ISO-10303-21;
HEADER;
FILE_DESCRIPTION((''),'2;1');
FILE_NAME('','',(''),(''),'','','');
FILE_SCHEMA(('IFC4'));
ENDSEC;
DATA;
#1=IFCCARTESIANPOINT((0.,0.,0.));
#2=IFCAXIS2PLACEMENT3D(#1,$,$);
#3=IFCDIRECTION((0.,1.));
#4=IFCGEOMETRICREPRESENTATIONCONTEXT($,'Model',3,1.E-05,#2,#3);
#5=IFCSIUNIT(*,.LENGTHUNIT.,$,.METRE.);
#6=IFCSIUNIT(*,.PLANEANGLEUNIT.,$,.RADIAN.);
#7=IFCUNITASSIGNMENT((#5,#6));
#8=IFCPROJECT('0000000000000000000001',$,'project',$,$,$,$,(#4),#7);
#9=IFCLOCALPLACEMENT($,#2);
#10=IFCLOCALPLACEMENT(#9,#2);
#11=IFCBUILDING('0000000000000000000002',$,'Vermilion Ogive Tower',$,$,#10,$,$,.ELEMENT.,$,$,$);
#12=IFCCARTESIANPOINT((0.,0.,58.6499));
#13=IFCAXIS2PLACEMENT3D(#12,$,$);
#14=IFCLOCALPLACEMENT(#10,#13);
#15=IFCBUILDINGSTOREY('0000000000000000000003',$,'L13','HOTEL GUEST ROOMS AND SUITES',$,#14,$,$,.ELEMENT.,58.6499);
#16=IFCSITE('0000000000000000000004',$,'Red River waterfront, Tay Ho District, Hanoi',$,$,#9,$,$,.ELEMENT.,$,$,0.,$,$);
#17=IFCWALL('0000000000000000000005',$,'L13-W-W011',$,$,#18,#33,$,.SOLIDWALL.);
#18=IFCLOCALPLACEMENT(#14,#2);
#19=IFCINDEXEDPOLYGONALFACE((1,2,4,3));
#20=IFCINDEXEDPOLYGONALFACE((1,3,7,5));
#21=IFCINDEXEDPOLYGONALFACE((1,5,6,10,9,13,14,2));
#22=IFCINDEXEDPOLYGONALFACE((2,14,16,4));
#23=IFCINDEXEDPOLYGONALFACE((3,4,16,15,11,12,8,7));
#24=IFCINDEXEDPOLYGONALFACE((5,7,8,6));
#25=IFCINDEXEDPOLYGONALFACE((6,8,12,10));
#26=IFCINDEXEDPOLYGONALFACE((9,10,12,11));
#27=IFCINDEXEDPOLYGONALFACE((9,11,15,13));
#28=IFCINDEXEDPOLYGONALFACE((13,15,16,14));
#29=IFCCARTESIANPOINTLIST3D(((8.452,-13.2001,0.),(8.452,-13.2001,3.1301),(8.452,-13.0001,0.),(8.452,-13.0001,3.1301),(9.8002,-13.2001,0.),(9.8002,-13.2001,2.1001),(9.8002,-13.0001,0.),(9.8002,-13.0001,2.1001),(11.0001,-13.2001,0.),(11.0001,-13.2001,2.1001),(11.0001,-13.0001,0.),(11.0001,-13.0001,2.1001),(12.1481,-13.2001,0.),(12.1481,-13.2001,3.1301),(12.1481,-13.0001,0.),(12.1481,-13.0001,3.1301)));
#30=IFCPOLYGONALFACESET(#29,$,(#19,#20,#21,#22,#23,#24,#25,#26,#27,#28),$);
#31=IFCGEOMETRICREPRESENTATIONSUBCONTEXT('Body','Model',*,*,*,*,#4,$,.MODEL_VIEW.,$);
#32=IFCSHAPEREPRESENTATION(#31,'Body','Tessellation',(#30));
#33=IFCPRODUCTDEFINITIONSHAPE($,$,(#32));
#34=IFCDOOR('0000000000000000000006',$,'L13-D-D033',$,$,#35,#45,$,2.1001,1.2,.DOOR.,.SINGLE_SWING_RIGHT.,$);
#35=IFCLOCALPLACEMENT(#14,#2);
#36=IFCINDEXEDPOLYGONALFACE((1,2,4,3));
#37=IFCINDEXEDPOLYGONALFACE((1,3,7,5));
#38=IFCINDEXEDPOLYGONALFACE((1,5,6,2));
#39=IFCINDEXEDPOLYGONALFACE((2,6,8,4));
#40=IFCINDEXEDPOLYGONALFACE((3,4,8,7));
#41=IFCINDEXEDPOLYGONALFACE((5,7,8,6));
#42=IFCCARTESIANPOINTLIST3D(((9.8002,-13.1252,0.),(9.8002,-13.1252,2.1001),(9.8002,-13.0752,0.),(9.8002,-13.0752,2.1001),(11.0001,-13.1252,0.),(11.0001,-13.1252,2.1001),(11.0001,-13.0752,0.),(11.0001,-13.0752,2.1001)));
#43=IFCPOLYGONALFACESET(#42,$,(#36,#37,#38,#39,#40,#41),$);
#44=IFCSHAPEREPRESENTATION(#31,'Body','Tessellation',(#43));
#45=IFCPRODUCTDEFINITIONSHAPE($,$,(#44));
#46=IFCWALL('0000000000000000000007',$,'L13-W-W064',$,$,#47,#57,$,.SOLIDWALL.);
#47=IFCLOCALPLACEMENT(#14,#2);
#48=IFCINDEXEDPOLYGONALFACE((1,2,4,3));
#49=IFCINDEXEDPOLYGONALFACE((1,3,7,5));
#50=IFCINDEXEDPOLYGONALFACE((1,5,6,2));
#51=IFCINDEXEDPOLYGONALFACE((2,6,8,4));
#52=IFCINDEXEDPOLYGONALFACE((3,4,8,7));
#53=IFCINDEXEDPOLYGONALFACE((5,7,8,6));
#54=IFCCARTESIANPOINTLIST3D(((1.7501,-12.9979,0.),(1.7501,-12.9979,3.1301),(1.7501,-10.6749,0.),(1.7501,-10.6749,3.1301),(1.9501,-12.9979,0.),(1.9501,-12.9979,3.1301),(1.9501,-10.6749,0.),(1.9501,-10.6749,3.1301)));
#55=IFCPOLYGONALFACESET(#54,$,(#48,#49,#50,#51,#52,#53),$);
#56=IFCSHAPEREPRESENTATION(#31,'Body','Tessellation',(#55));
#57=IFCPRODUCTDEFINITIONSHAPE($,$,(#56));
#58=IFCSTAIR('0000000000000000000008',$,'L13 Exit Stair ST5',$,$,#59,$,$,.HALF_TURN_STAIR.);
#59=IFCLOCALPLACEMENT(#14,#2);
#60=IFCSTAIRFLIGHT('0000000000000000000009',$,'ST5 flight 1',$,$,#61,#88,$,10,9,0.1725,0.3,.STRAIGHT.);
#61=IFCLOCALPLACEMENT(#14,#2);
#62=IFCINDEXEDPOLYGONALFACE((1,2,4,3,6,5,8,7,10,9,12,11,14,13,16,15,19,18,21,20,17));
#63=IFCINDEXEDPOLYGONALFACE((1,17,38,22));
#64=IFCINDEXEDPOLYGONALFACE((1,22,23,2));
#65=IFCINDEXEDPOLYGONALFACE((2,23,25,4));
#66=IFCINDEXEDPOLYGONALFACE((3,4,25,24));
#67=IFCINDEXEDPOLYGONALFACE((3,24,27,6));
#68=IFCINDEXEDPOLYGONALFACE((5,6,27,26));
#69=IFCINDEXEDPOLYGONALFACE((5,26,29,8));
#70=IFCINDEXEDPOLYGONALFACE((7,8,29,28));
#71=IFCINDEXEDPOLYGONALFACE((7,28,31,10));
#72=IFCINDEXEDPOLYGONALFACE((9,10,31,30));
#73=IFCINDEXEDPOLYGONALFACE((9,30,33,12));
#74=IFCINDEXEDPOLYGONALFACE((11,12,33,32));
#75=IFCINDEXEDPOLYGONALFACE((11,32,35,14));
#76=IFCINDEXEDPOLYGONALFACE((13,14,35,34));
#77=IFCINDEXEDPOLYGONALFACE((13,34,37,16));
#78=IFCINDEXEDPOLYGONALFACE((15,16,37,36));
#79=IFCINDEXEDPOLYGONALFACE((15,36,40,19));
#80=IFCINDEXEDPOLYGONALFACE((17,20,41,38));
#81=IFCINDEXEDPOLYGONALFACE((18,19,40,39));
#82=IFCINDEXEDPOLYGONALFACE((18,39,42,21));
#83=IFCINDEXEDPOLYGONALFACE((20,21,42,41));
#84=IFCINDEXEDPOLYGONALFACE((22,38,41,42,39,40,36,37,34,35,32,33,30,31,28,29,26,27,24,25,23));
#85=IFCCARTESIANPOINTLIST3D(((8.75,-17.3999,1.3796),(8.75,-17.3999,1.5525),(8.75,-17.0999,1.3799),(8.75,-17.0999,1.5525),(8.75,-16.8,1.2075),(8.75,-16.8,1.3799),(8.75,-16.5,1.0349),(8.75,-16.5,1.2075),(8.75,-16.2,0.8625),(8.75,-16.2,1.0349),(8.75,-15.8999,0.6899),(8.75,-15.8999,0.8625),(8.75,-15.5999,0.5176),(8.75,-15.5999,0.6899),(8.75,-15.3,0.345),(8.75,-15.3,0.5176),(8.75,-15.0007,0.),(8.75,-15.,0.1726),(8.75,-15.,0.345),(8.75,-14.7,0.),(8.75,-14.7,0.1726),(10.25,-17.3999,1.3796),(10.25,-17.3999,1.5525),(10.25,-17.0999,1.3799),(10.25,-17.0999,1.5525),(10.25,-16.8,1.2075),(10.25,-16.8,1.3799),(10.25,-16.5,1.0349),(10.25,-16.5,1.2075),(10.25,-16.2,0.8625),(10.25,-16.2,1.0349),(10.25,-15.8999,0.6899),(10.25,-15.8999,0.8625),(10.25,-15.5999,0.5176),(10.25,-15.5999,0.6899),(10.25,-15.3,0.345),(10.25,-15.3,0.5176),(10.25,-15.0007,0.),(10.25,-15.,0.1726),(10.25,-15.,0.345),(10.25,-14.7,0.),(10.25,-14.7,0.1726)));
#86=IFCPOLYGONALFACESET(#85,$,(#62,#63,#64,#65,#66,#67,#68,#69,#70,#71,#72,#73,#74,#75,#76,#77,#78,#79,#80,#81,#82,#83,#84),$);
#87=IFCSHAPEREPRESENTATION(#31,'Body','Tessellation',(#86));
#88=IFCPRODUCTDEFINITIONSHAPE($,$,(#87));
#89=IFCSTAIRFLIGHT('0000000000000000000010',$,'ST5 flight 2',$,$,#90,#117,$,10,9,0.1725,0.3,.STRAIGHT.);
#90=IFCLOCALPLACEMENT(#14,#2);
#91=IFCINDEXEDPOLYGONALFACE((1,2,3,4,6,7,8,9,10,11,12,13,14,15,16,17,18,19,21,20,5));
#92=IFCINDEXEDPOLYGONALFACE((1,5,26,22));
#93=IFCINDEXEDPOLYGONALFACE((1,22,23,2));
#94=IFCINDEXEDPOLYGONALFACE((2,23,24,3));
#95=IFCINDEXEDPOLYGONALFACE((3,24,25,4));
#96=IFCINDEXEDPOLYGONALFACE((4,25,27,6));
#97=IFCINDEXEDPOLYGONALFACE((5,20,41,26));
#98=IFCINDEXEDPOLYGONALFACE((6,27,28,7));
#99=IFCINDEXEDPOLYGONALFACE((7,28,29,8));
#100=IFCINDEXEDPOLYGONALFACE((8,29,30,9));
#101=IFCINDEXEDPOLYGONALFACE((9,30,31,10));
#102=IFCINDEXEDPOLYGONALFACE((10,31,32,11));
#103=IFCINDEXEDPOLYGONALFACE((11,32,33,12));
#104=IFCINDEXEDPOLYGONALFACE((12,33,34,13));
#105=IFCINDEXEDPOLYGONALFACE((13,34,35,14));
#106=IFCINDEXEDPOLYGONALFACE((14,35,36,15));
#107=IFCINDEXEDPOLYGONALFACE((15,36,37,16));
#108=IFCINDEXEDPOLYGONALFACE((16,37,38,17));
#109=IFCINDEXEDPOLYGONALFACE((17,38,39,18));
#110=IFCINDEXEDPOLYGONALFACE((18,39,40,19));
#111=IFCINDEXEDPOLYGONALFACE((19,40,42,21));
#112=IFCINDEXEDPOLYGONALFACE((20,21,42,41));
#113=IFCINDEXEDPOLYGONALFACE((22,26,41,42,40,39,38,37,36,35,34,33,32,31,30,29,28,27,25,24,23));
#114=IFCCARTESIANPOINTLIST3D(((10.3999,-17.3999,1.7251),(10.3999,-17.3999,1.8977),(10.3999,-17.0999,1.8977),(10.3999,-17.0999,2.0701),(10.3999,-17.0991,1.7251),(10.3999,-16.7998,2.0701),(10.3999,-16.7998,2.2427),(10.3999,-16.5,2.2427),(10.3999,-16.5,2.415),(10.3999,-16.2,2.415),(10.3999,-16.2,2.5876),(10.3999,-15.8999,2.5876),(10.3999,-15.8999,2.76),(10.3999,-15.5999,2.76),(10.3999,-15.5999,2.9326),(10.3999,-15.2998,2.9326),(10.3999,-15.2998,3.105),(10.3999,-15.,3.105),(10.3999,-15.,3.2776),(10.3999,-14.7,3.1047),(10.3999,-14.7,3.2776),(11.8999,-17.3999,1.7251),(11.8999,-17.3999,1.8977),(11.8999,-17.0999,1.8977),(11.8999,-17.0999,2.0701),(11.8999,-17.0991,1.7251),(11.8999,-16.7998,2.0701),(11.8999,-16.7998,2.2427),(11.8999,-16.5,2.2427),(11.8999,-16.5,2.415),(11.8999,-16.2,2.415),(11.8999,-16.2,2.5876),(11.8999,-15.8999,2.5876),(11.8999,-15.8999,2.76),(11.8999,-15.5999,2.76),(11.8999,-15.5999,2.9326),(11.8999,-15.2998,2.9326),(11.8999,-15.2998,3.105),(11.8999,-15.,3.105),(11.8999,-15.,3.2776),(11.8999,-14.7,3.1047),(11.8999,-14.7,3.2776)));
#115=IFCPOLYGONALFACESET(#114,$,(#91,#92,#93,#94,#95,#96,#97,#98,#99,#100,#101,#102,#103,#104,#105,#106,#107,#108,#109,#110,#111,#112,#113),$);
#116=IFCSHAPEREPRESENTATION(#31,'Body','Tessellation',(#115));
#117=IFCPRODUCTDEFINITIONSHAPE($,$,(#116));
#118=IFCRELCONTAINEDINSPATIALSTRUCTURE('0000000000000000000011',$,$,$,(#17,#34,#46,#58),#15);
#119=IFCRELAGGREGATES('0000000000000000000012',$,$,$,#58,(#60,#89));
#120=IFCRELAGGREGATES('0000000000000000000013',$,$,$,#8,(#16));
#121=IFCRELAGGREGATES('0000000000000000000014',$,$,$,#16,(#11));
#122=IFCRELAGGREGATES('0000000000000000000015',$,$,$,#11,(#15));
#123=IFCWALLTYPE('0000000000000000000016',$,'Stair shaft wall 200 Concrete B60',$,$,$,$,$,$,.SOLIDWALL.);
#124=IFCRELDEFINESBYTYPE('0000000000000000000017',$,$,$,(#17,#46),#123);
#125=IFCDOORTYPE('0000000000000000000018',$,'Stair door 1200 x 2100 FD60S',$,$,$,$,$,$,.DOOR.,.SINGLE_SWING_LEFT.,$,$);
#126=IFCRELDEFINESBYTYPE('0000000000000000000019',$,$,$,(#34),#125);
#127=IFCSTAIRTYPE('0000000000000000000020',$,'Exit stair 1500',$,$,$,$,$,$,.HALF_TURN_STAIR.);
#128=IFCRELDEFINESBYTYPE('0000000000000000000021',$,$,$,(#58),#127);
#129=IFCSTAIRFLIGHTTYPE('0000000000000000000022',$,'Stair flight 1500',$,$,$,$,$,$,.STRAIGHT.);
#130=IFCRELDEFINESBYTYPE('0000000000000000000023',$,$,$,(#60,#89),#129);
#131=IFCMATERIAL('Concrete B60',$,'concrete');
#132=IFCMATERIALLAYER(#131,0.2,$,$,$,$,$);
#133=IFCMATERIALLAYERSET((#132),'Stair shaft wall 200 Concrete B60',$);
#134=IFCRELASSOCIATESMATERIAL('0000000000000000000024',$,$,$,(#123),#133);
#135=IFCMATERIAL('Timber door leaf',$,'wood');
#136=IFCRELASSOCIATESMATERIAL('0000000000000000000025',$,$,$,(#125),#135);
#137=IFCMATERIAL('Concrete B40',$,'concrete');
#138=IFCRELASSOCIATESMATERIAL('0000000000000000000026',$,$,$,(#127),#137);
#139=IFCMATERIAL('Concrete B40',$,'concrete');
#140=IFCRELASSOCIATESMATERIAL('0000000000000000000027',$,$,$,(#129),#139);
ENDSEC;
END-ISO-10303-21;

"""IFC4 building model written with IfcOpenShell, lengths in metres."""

from ifc_helpers import new_model, si_unit, direction, frame, frame_2d, origin, place, context, subcontext, project, spatial, polyline, rectangle, outline, extrude, material, layer, layer_set, type_object, element, fill, aggregate, save


model = new_model("IFC4")

# Units and contexts
model_context = context("Model", 3, precision=1e-05, world=origin(), true_north=direction((0.0, 1.0)))
body_context = subcontext(model_context, "Body", "Model", "MODEL_VIEW")
ifc_project = project(units=[si_unit("LENGTHUNIT", "METRE"), si_unit("PLANEANGLEUNIT", "RADIAN")], contexts=[model_context])

# Site, building, storey
site_placement = place(None, origin())
site = spatial("IfcSite", under=ifc_project, at=site_placement, Name="Red River waterfront, Tay Ho District, Hanoi", CompositionType="ELEMENT", RefElevation=0.0)
building_placement = place(site_placement, origin())
building = spatial("IfcBuilding", under=site, at=building_placement, Name="Vermilion Ogive Tower", CompositionType="ELEMENT")
storey_placement = place(building_placement, frame((0.0, 0.0, 58.6499)))
storey = spatial("IfcBuildingStorey", under=building, at=storey_placement, Name="L13", Description="HOTEL GUEST ROOMS AND SUITES", CompositionType="ELEMENT", Elevation=58.6499)

# Wall, opening, door
ifc_material_1 = material(Name="Concrete B60", Category="concrete")
ifc_layer_1 = layer(ifc_material_1, 0.2)
ifc_layer_set_1 = layer_set([ifc_layer_1], Name="Stair shaft wall 200 Concrete B60")
wall_type_1 = type_object("IfcWallType", Name="Stair shaft wall 200 Concrete B60", PredefinedType="SOLIDWALL", material=ifc_layer_set_1)
wall_1_placement = place(storey_placement, frame((8.4519, -13.1001, 0.0), z_axis=(0.0, 0.0, 1.0), x_axis=(1.0, 0.0, 0.0)))
wall_1 = element("IfcWall", 1, at=wall_1_placement, inside=storey, type_object=wall_type_1, Name="L13-W-W011", PredefinedType="SOLIDWALL", context=body_context, shape_type="SweptSolid", body=[
    extrude(rectangle(XDim=3.696, YDim=0.2, at=frame_2d((1.8481, 0.0))), origin(), (0.0, 0.0, 1.0), 3.1301),
])
opening_1_placement = place(wall_1_placement, frame((1.3481, 0.0, 0.0)))
opening_1 = element("IfcOpeningElement", 2, at=opening_1_placement, cuts=wall_1, PredefinedType="OPENING", context=body_context, shape_type="SweptSolid", body=[
    extrude(rectangle(XDim=1.2, YDim=2.1001, at=frame_2d((0.6001, 1.05))), frame((0.0, 0.1099, 0.0), z_axis=(0.0, -1.0, 0.0), x_axis=(1.0, 0.0, 0.0)), (0.0, 0.0, 1.0), 0.22),
])
ifc_material_2 = material(Name="Timber door leaf", Category="wood")
door_type_1 = type_object("IfcDoorType", Name="Stair door 1200 x 2100 FD60S", OperationType="SINGLE_SWING_LEFT", PredefinedType="DOOR", material=ifc_material_2)
door_1_placement = place(opening_1_placement, origin())
door_1 = element("IfcDoor", 3, at=door_1_placement, inside=storey, type_object=door_type_1, Name="L13-D-D033", OperationType="SINGLE_SWING_RIGHT", OverallHeight=2.1001, OverallWidth=1.2, PredefinedType="DOOR", context=body_context, shape_type="SweptSolid", body=[
    extrude(rectangle(XDim=1.2, YDim=2.1001, at=frame_2d((0.6001, 1.05))), frame((0.0, 0.0249, 0.0), z_axis=(0.0, -1.0, 0.0), x_axis=(1.0, 0.0, 0.0)), (0.0, 0.0, 1.0), 0.05),
])
fill(opening_1, door_1)

# Wall
wall_2_placement = place(storey_placement, frame((1.8501, -12.998, 0.0), z_axis=(0.0, 0.0, 1.0), x_axis=(0.0, 1.0, 0.0)))
element("IfcWall", 4, at=wall_2_placement, inside=storey, type_object=wall_type_1, Name="L13-W-W064", PredefinedType="SOLIDWALL", context=body_context, shape_type="SweptSolid", body=[
    extrude(rectangle(XDim=2.323, YDim=0.2, at=frame_2d((1.1616, 0.0))), origin(), (0.0, 0.0, 1.0), 3.1301),
])

# Stair, stair flights
ifc_material_3 = material(Name="Concrete B40", Category="concrete")
stair_type = type_object("IfcStairType", Name="Exit stair 1500", PredefinedType="HALF_TURN_STAIR", material=ifc_material_3)
stair_placement = place(storey_placement, origin())
stair = element("IfcStair", 5, at=stair_placement, inside=storey, type_object=stair_type, Name="L13 Exit Stair ST5", PredefinedType="HALF_TURN_STAIR")
ifc_material_4 = material(Name="Concrete B40", Category="concrete")
stair_flight_type = type_object("IfcStairFlightType", Name="Stair flight 1500", PredefinedType="STRAIGHT", material=ifc_material_4)
stair_flight_1_placement = place(storey_placement, frame((9.5, -14.7, 0.0), z_axis=(0.0, 0.0, 1.0), x_axis=(0.0, -1.0, 0.0)))
stair_flight_1 = element("IfcStairFlight", 6, at=stair_flight_1_placement, type_object=stair_flight_type, Name="ST5 flight 1", NumberOfRisers=10, NumberOfTreads=9, PredefinedType="STRAIGHT", RiserHeight=0.1725, TreadLength=0.3, context=body_context, shape_type="SweptSolid", body=[
    extrude(outline(polyline([(0.0, 0.0), (0.0, 0.1726), (0.3, 0.1726), (0.3, 0.345), (0.6001, 0.345), (0.6001, 0.5176), (0.8999, 0.5176), (0.8999, 0.6899), (1.2, 0.6899), (1.2, 0.8625), (1.5, 0.8625), (1.5, 1.0349), (1.8, 1.0349), (1.8, 1.2075), (2.1001, 1.2075), (2.1001, 1.3799), (2.3999, 1.3799), (2.3999, 1.5525), (2.7, 1.5525), (2.7, 1.7251), (2.7, 1.3796), (0.3008, 0.0), (0.0, 0.0)])), frame((0.0, 0.75, 0.0), z_axis=(0.0, -1.0, 0.0), x_axis=(1.0, 0.0, 0.0)), (0.0, 0.0, 1.0), 1.5),
])
stair_flight_2_placement = place(storey_placement, frame((11.1499, -17.3999, 1.7251), z_axis=(0.0, 0.0, 1.0), x_axis=(0.0, 1.0, 0.0)))
stair_flight_2 = element("IfcStairFlight", 7, at=stair_flight_2_placement, type_object=stair_flight_type, Name="ST5 flight 2", NumberOfRisers=10, NumberOfTreads=9, PredefinedType="STRAIGHT", RiserHeight=0.1725, TreadLength=0.3, context=body_context, shape_type="SweptSolid", body=[
    extrude(outline(polyline([(0.0, 0.0), (0.0, 0.1726), (0.3, 0.1726), (0.3, 0.345), (0.6001, 0.345), (0.6001, 0.5176), (0.8999, 0.5176), (0.8999, 0.6899), (1.2, 0.6899), (1.2, 0.8625), (1.5, 0.8625), (1.5, 1.0349), (1.8, 1.0349), (1.8, 1.2075), (2.1001, 1.2075), (2.1001, 1.3799), (2.3999, 1.3799), (2.3999, 1.5525), (2.7, 1.5525), (2.7, 1.7251), (2.7, 1.3796), (0.3008, 0.0), (0.0, 0.0)])), frame((0.0, 0.75, 0.0), z_axis=(0.0, -1.0, 0.0), x_axis=(1.0, 0.0, 0.0)), (0.0, 0.0, 1.0), 1.5),
])
aggregate(stair, [stair_flight_1, stair_flight_2])

save(model, "model.ifc")
